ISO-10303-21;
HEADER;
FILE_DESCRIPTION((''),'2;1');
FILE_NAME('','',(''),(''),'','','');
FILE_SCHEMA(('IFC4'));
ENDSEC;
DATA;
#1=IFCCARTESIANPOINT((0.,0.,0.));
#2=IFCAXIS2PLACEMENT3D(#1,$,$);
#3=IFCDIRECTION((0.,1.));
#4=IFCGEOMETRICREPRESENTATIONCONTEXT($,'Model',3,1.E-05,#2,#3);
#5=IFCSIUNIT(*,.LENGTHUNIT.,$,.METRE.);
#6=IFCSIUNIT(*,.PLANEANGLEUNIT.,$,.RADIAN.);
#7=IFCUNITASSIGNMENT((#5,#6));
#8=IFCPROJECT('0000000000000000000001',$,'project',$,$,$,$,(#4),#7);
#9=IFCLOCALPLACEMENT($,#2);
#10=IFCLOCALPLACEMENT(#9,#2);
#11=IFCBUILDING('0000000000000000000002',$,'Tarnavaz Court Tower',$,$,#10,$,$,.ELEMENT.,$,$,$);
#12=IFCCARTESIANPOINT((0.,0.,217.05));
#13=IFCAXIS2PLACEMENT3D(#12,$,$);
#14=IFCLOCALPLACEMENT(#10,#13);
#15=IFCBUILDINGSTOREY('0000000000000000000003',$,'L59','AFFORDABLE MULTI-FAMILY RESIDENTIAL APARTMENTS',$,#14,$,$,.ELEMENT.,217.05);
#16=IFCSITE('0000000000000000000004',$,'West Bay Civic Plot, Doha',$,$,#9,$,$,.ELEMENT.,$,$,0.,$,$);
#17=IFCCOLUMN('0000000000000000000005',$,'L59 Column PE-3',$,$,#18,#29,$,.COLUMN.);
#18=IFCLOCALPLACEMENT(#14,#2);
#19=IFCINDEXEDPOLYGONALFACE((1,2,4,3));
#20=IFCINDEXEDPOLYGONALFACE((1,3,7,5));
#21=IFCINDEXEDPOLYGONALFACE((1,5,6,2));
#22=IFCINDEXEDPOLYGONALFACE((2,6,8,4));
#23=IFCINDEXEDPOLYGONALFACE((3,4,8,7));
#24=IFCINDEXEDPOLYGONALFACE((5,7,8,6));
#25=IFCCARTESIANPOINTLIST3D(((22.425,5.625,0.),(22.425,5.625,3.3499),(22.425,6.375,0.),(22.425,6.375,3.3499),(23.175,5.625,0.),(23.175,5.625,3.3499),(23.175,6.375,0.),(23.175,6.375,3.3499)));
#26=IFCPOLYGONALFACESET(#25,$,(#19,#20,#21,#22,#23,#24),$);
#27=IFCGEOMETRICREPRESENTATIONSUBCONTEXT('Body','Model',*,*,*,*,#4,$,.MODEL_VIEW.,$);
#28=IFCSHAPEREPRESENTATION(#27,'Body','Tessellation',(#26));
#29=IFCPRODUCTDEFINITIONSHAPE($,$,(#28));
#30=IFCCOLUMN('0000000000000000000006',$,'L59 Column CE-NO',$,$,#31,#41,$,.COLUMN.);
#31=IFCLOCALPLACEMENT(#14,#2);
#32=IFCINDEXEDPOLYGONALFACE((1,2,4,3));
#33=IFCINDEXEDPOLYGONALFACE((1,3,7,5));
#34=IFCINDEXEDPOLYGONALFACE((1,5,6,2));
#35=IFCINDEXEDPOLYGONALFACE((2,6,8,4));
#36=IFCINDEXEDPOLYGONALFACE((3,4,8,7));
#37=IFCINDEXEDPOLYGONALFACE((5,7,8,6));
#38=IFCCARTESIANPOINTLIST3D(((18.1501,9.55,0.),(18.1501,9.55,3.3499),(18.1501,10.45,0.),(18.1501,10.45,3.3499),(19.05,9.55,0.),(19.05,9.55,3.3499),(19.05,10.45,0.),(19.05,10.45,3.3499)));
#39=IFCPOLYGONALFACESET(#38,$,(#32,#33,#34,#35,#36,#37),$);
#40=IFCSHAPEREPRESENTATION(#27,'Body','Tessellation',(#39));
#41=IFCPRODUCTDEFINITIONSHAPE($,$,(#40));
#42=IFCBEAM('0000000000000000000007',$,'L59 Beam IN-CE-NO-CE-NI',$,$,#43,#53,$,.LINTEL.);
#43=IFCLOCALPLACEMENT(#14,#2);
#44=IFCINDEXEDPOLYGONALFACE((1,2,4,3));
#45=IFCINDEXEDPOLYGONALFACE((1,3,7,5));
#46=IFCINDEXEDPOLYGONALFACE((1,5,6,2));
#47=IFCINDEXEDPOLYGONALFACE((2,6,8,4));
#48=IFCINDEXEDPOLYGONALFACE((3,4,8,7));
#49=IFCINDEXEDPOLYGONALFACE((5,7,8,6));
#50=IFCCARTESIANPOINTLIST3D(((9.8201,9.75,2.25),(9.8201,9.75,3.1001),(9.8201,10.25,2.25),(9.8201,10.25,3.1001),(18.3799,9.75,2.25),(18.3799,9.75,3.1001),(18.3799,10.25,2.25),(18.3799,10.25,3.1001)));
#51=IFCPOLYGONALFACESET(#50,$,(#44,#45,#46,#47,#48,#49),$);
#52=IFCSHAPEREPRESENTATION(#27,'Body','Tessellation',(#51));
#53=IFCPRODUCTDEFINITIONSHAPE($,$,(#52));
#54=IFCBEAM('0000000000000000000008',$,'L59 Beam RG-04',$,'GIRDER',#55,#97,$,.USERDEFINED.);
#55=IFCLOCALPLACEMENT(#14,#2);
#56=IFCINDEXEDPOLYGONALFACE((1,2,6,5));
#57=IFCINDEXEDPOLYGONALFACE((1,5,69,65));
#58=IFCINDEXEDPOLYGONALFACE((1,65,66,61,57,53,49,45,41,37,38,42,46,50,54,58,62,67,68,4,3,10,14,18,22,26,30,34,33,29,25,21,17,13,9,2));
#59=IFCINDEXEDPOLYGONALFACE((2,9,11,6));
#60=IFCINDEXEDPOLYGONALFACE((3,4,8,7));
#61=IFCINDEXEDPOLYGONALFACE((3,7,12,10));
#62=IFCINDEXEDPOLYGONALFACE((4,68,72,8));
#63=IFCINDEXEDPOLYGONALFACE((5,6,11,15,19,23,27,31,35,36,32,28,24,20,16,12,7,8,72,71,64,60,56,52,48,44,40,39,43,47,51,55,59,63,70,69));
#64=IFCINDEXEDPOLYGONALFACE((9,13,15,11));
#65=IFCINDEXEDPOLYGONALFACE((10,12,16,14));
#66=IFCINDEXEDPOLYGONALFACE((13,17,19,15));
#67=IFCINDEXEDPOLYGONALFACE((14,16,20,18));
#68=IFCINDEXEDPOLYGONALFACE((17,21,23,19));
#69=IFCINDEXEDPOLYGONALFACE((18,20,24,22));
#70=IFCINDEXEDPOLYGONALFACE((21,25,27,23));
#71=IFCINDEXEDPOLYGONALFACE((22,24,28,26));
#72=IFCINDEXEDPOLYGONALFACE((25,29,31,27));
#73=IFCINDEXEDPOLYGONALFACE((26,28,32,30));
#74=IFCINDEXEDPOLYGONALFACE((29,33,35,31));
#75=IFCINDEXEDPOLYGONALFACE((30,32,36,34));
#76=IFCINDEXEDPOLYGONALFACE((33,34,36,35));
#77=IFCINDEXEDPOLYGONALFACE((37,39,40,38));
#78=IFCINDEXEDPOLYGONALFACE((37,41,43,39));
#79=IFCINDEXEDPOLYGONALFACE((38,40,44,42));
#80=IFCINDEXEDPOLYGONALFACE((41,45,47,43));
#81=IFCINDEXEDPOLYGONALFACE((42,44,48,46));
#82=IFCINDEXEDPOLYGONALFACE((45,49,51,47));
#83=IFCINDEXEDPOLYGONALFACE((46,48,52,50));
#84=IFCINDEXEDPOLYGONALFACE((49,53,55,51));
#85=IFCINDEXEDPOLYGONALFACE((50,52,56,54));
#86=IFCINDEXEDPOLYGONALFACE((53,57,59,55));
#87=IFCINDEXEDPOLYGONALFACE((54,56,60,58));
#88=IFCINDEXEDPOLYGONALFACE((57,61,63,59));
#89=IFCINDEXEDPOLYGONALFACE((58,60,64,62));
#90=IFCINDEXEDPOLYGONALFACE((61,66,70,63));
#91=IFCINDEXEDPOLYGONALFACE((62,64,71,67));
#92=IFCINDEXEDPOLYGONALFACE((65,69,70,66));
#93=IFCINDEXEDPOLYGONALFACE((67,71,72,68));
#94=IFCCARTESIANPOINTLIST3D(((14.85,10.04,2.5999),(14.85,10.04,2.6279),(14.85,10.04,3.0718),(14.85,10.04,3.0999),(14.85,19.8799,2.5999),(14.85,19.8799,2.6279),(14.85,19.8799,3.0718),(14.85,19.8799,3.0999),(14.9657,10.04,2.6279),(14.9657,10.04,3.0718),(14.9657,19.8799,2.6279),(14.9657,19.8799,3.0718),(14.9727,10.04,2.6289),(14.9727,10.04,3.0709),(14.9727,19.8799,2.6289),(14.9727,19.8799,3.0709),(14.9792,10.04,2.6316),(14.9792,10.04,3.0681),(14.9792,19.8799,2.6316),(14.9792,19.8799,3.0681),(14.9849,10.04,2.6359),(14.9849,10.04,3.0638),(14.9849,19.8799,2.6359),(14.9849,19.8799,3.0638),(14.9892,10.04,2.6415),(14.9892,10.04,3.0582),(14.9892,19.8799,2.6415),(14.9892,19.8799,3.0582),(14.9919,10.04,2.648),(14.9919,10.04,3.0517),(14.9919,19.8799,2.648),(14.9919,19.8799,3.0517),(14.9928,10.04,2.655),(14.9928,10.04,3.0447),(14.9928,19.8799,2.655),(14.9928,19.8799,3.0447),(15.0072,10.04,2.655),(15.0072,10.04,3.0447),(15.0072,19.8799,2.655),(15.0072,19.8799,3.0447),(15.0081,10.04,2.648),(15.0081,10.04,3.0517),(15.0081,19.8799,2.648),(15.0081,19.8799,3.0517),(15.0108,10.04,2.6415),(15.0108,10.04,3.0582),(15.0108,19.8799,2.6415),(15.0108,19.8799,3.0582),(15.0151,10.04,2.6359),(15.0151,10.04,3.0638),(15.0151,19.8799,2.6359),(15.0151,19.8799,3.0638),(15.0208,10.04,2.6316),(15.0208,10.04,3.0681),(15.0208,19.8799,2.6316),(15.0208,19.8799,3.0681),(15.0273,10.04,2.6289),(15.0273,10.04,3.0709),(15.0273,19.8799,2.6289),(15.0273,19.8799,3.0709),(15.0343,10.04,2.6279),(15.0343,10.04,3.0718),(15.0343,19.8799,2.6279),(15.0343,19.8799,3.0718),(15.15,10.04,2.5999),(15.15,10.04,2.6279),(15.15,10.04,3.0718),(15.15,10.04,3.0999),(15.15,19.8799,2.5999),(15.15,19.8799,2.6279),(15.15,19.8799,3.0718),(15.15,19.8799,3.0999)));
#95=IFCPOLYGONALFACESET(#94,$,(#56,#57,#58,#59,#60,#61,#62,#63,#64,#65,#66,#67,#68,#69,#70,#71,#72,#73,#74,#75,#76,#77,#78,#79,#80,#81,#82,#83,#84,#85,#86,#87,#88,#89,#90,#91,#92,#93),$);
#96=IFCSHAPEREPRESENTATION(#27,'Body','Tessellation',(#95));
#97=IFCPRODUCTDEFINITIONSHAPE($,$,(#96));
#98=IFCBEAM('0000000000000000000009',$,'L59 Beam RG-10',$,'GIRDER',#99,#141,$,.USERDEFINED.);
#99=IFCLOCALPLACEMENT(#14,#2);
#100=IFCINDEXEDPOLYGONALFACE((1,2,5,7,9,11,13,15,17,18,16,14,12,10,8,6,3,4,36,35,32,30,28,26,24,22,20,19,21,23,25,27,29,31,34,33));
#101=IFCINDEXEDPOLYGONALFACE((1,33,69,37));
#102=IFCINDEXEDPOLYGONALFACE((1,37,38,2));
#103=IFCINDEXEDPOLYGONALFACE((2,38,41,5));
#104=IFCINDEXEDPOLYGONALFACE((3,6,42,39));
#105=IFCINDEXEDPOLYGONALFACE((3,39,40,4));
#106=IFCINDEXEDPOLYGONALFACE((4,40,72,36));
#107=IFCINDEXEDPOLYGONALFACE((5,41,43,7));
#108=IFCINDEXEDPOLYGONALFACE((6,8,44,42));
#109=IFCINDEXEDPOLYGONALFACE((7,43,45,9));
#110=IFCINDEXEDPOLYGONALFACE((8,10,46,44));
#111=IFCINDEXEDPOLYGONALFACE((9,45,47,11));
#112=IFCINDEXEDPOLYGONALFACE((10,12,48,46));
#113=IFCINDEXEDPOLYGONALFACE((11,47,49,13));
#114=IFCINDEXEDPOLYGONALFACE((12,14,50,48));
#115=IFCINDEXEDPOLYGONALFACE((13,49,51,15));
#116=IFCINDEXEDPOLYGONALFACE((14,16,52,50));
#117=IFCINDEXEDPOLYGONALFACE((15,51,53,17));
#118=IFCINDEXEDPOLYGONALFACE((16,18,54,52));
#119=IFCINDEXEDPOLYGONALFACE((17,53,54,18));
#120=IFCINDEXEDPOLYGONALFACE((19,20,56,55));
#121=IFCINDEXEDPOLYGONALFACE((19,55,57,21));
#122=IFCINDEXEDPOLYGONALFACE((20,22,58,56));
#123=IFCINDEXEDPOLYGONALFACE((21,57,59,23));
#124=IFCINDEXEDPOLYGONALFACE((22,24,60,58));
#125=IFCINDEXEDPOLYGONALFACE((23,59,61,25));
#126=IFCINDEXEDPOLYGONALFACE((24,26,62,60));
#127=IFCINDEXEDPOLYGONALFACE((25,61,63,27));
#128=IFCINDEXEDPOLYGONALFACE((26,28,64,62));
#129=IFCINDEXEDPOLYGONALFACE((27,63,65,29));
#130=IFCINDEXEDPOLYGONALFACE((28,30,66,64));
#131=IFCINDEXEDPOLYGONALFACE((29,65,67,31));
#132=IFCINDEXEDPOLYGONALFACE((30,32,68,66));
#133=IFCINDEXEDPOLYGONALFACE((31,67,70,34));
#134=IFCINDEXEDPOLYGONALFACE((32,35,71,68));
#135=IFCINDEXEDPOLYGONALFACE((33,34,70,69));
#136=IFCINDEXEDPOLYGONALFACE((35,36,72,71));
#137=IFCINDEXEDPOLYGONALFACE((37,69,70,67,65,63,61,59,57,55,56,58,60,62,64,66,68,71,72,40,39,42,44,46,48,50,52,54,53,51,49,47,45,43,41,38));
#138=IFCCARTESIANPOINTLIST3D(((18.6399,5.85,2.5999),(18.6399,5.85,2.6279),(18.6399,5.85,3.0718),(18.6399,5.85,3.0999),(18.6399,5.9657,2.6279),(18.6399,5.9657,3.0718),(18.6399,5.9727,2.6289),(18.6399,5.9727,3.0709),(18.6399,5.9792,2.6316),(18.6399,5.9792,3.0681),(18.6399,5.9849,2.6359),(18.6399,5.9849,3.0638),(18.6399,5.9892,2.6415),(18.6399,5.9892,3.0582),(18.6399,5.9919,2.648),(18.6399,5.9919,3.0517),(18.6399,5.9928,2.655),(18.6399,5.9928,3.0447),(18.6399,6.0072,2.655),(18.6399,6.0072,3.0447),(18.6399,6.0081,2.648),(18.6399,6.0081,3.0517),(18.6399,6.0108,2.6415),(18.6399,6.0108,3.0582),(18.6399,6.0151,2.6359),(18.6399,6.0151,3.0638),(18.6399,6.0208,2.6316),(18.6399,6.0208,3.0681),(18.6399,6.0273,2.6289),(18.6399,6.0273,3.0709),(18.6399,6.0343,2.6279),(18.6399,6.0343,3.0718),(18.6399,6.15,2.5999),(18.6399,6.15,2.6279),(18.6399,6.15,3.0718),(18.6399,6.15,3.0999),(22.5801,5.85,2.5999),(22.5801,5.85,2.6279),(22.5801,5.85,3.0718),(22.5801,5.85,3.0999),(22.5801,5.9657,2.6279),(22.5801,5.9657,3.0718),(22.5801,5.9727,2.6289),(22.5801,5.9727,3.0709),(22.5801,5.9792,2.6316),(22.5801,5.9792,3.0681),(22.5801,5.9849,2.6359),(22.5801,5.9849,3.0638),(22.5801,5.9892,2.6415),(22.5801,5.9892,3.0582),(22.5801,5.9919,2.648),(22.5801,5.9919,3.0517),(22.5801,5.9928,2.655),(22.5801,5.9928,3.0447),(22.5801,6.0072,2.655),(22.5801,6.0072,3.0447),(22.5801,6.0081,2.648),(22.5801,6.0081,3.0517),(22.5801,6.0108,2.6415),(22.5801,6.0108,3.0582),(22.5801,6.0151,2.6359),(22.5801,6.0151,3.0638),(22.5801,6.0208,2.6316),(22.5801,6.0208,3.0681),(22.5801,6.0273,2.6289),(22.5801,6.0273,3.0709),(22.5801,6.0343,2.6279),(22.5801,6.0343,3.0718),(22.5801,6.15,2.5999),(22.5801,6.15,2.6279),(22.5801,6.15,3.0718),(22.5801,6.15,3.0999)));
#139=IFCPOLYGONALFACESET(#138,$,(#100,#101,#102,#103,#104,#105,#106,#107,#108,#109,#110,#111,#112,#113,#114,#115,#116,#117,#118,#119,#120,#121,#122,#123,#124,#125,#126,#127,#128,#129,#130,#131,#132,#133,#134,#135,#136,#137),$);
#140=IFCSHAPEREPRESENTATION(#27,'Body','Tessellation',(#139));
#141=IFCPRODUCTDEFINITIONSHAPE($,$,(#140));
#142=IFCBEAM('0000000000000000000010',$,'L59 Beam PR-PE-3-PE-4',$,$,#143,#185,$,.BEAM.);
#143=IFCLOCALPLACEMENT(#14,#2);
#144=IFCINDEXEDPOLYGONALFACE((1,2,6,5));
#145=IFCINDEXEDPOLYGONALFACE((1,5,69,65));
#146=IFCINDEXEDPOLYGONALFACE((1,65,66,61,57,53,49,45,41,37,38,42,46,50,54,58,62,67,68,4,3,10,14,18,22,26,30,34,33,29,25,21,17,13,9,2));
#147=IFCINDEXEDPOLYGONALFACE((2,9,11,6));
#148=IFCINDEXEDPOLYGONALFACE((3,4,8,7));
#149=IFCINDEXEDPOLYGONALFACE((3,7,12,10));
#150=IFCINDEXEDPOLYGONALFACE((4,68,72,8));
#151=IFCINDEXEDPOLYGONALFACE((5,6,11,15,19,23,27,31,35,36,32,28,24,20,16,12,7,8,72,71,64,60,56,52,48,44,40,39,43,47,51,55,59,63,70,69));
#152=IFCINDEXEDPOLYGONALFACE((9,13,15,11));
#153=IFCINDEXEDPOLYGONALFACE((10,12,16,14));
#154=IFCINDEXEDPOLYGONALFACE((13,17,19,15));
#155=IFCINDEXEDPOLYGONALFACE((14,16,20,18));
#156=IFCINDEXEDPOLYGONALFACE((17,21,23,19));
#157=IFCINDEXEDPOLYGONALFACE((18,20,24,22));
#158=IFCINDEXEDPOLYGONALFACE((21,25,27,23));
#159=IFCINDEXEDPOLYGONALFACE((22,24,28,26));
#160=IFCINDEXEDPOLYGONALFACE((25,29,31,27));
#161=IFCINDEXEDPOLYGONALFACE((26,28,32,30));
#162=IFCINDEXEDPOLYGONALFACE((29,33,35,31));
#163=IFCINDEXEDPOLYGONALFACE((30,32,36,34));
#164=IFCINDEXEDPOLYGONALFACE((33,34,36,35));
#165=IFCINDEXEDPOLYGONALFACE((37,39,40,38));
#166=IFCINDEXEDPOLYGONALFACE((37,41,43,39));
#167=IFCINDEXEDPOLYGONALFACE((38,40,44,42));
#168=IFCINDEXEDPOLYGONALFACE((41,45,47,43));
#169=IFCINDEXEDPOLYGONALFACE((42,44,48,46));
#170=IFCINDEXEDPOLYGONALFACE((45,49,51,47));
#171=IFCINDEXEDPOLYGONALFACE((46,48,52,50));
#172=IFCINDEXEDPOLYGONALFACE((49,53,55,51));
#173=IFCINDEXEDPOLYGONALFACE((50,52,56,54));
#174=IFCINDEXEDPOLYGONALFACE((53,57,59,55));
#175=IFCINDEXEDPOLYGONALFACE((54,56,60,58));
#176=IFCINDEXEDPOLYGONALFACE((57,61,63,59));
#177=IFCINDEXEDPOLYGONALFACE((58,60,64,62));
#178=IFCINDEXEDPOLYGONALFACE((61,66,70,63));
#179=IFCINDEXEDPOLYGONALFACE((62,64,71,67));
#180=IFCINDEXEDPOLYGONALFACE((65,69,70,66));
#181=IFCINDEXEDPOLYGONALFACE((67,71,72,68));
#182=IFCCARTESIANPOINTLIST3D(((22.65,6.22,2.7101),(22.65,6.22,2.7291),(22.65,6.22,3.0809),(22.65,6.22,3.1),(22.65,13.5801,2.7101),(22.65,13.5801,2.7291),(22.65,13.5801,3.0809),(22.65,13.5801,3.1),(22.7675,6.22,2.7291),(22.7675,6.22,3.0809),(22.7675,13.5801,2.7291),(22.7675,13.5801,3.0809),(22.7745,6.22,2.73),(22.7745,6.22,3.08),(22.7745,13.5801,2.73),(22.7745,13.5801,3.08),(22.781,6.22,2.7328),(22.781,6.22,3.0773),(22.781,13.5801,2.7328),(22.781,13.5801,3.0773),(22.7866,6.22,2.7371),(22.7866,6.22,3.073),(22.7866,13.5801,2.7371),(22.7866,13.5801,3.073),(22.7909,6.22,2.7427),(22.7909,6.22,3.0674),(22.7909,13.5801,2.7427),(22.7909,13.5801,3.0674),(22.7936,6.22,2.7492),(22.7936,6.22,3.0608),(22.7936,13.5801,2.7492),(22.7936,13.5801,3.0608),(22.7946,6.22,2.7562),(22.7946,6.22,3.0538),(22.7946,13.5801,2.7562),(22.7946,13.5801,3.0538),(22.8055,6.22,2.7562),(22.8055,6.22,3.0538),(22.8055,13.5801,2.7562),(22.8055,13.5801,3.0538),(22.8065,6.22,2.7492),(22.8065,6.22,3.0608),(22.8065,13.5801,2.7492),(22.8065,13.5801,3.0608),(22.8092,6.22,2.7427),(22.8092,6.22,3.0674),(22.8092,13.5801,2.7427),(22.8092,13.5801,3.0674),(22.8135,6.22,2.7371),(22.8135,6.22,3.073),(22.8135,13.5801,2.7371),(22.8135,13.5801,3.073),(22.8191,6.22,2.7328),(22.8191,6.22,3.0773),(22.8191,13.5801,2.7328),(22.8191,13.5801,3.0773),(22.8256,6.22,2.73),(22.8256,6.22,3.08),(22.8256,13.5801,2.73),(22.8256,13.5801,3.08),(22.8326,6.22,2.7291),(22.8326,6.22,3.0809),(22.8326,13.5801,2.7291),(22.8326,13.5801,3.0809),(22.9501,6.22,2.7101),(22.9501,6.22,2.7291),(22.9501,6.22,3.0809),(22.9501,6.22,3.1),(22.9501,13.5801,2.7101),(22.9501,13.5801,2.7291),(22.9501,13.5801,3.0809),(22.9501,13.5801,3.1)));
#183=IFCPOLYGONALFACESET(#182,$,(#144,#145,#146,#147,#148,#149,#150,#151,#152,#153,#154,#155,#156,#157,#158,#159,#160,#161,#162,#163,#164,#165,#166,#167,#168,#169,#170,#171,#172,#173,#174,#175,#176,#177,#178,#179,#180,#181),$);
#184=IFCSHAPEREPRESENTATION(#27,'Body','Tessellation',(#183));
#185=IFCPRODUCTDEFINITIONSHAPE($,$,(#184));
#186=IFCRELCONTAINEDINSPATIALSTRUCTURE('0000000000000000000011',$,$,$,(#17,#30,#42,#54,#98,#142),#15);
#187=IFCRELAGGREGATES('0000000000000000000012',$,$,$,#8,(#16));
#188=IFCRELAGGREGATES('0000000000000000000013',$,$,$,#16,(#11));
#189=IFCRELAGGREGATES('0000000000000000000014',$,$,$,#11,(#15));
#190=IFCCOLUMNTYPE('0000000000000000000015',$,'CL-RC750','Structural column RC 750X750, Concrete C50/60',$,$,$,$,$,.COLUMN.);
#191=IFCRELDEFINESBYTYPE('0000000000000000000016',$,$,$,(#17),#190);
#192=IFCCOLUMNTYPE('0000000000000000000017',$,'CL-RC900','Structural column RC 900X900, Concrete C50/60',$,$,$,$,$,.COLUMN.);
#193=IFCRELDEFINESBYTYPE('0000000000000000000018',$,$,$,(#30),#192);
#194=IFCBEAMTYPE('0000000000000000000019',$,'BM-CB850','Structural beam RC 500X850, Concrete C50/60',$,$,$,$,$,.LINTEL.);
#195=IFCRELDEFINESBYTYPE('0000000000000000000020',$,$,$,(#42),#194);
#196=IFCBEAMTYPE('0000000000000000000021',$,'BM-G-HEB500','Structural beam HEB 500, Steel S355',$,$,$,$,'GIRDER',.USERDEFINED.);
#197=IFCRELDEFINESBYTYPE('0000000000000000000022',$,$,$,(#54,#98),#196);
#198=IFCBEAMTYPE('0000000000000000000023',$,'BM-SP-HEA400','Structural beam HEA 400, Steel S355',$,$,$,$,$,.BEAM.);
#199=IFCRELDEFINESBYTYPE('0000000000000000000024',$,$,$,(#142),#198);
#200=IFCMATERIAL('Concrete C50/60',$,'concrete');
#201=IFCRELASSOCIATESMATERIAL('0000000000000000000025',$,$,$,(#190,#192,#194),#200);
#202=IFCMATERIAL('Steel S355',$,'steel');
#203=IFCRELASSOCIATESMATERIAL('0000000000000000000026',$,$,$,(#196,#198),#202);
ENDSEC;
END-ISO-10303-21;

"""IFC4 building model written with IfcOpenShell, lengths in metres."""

from ifc_helpers import new_model, si_unit, direction, frame, origin, origin_2d, place, context, subcontext, project, spatial, rectangle, i_section, extrude, material, material_profile, profile_set, type_object, element, save


model = new_model("IFC4")

# Units and contexts
model_context = context("Model", 3, precision=1e-05, world=origin(), true_north=direction((0.0, 1.0)))
body_context = subcontext(model_context, "Body", "Model", "MODEL_VIEW")
ifc_project = project(units=[si_unit("LENGTHUNIT", "METRE"), si_unit("PLANEANGLEUNIT", "RADIAN")], contexts=[model_context])

# Site, building, storey
site_placement = place(None, origin())
site = spatial("IfcSite", under=ifc_project, at=site_placement, Name="West Bay Civic Plot, Doha", CompositionType="ELEMENT", RefElevation=0.0)
building_placement = place(site_placement, origin())
building = spatial("IfcBuilding", under=site, at=building_placement, Name="Tarnavaz Court Tower", CompositionType="ELEMENT")
storey_placement = place(building_placement, frame((0.0, 0.0, 217.05)))
storey = spatial("IfcBuildingStorey", under=building, at=storey_placement, Name="L59", Description="AFFORDABLE MULTI-FAMILY RESIDENTIAL APARTMENTS", CompositionType="ELEMENT", Elevation=217.05)

# Columns
ifc_material_1 = material(Name="Concrete C50/60", Category="concrete")
ifc_material_profile_1 = material_profile(ifc_material_1, rectangle(XDim=0.75, YDim=0.75, at=origin_2d()), Name="RC 750X750")
ifc_profile_set_1 = profile_set([ifc_material_profile_1], Name="Concrete C50/60")
column_type_1 = type_object("IfcColumnType", Name="CL-RC750", Description="Structural column RC 750X750, Concrete C50/60", PredefinedType="COLUMN", material=ifc_profile_set_1)
column_1_placement = place(storey_placement, frame((22.8, 6.0, 0.0), z_axis=(0.0, 0.0, 1.0), x_axis=(1.0, 0.0, 0.0)))
element("IfcColumn", 1, at=column_1_placement, inside=storey, type_object=column_type_1, Name="L59 Column PE-3", PredefinedType="COLUMN", context=body_context, shape_type="SweptSolid", body=[
    extrude(rectangle(XDim=0.75, YDim=0.75, at=origin_2d()), origin(), (0.0, 0.0, 1.0), 3.3499),
])
ifc_material_profile_2 = material_profile(ifc_material_1, rectangle(XDim=0.8999, YDim=0.8999, at=origin_2d()), Name="RC 900X900")
ifc_profile_set_2 = profile_set([ifc_material_profile_2], Name="Concrete C50/60")
column_type_2 = type_object("IfcColumnType", Name="CL-RC900", Description="Structural column RC 900X900, Concrete C50/60", PredefinedType="COLUMN", material=ifc_profile_set_2)
column_2_placement = place(storey_placement, frame((18.6001, 10.0, 0.0), z_axis=(0.0, 0.0, 1.0), x_axis=(1.0, 0.0, 0.0)))
element("IfcColumn", 2, at=column_2_placement, inside=storey, type_object=column_type_2, Name="L59 Column CE-NO", PredefinedType="COLUMN", context=body_context, shape_type="SweptSolid", body=[
    extrude(rectangle(XDim=0.8999, YDim=0.8999, at=origin_2d()), origin(), (0.0, 0.0, 1.0), 3.3499),
])

# Beams
ifc_material_profile_3 = material_profile(ifc_material_1, rectangle(XDim=0.5, YDim=0.8501, at=origin_2d()), Name="RC 500X850")
ifc_profile_set_3 = profile_set([ifc_material_profile_3], Name="Concrete C50/60")
beam_type_1 = type_object("IfcBeamType", Name="BM-CB850", Description="Structural beam RC 500X850, Concrete C50/60", PredefinedType="LINTEL", material=ifc_profile_set_3)
beam_1_placement = place(storey_placement, frame((18.3799, 10.0, 2.675), z_axis=(-1.0, 0.0, 0.0), x_axis=(0.0, -1.0, 0.0)))
element("IfcBeam", 3, at=beam_1_placement, inside=storey, type_object=beam_type_1, Name="L59 Beam IN-CE-NO-CE-NI", PredefinedType="LINTEL", context=body_context, shape_type="SweptSolid", body=[
    extrude(rectangle(XDim=0.5, YDim=0.8501, at=origin_2d()), origin(), (0.0, 0.0, 1.0), 8.5598),
])
ifc_material_2 = material(Name="Steel S355", Category="steel")
ifc_material_profile_4 = material_profile(ifc_material_2, i_section(OverallWidth=0.3, OverallDepth=0.5, WebThickness=0.0144, FlangeThickness=0.0281, FilletRadius=0.0271, at=origin_2d()), Name="HEB 500")
ifc_profile_set_4 = profile_set([ifc_material_profile_4], Name="Steel S355")
beam_type_2 = type_object("IfcBeamType", Name="BM-G-HEB500", Description="Structural beam HEB 500, Steel S355", ElementType="GIRDER", PredefinedType="USERDEFINED", material=ifc_profile_set_4)
beam_2_placement = place(storey_placement, frame((15.0, 10.04, 2.8499), z_axis=(0.0, 1.0, 0.0), x_axis=(-1.0, 0.0, 0.0)))
element("IfcBeam", 4, at=beam_2_placement, inside=storey, type_object=beam_type_2, Name="L59 Beam RG-04", ObjectType="GIRDER", PredefinedType="USERDEFINED", context=body_context, shape_type="SweptSolid", body=[
    extrude(i_section(OverallWidth=0.3, OverallDepth=0.5, WebThickness=0.0144, FlangeThickness=0.0281, FilletRadius=0.0271, at=origin_2d()), origin(), (0.0, 0.0, 1.0), 9.8398),
])
beam_3_placement = place(storey_placement, frame((18.6399, 6.0, 2.8499), z_axis=(1.0, 0.0, 0.0), x_axis=(0.0, 1.0, 0.0)))
element("IfcBeam", 5, at=beam_3_placement, inside=storey, type_object=beam_type_2, Name="L59 Beam RG-10", ObjectType="GIRDER", PredefinedType="USERDEFINED", context=body_context, shape_type="SweptSolid", body=[
    extrude(i_section(OverallWidth=0.3, OverallDepth=0.5, WebThickness=0.0144, FlangeThickness=0.0281, FilletRadius=0.0271, at=origin_2d()), origin(), (0.0, 0.0, 1.0), 3.9402),
])
ifc_material_profile_5 = material_profile(ifc_material_2, i_section(OverallWidth=0.3, OverallDepth=0.3899, WebThickness=0.011, FlangeThickness=0.019, FilletRadius=0.0271, at=origin_2d()), Name="HEA 400")
ifc_profile_set_5 = profile_set([ifc_material_profile_5], Name="Steel S355")
beam_type_3 = type_object("IfcBeamType", Name="BM-SP-HEA400", Description="Structural beam HEA 400, Steel S355", PredefinedType="BEAM", material=ifc_profile_set_5)
beam_4_placement = place(storey_placement, frame((22.8, 6.22, 2.905), z_axis=(0.0, 1.0, 0.0), x_axis=(-1.0, 0.0, 0.0)))
element("IfcBeam", 6, at=beam_4_placement, inside=storey, type_object=beam_type_3, Name="L59 Beam PR-PE-3-PE-4", PredefinedType="BEAM", context=body_context, shape_type="SweptSolid", body=[
    extrude(i_section(OverallWidth=0.3, OverallDepth=0.3899, WebThickness=0.011, FlangeThickness=0.019, FilletRadius=0.0271, at=origin_2d()), origin(), (0.0, 0.0, 1.0), 7.3601),
])

save(model, "model.ifc")
